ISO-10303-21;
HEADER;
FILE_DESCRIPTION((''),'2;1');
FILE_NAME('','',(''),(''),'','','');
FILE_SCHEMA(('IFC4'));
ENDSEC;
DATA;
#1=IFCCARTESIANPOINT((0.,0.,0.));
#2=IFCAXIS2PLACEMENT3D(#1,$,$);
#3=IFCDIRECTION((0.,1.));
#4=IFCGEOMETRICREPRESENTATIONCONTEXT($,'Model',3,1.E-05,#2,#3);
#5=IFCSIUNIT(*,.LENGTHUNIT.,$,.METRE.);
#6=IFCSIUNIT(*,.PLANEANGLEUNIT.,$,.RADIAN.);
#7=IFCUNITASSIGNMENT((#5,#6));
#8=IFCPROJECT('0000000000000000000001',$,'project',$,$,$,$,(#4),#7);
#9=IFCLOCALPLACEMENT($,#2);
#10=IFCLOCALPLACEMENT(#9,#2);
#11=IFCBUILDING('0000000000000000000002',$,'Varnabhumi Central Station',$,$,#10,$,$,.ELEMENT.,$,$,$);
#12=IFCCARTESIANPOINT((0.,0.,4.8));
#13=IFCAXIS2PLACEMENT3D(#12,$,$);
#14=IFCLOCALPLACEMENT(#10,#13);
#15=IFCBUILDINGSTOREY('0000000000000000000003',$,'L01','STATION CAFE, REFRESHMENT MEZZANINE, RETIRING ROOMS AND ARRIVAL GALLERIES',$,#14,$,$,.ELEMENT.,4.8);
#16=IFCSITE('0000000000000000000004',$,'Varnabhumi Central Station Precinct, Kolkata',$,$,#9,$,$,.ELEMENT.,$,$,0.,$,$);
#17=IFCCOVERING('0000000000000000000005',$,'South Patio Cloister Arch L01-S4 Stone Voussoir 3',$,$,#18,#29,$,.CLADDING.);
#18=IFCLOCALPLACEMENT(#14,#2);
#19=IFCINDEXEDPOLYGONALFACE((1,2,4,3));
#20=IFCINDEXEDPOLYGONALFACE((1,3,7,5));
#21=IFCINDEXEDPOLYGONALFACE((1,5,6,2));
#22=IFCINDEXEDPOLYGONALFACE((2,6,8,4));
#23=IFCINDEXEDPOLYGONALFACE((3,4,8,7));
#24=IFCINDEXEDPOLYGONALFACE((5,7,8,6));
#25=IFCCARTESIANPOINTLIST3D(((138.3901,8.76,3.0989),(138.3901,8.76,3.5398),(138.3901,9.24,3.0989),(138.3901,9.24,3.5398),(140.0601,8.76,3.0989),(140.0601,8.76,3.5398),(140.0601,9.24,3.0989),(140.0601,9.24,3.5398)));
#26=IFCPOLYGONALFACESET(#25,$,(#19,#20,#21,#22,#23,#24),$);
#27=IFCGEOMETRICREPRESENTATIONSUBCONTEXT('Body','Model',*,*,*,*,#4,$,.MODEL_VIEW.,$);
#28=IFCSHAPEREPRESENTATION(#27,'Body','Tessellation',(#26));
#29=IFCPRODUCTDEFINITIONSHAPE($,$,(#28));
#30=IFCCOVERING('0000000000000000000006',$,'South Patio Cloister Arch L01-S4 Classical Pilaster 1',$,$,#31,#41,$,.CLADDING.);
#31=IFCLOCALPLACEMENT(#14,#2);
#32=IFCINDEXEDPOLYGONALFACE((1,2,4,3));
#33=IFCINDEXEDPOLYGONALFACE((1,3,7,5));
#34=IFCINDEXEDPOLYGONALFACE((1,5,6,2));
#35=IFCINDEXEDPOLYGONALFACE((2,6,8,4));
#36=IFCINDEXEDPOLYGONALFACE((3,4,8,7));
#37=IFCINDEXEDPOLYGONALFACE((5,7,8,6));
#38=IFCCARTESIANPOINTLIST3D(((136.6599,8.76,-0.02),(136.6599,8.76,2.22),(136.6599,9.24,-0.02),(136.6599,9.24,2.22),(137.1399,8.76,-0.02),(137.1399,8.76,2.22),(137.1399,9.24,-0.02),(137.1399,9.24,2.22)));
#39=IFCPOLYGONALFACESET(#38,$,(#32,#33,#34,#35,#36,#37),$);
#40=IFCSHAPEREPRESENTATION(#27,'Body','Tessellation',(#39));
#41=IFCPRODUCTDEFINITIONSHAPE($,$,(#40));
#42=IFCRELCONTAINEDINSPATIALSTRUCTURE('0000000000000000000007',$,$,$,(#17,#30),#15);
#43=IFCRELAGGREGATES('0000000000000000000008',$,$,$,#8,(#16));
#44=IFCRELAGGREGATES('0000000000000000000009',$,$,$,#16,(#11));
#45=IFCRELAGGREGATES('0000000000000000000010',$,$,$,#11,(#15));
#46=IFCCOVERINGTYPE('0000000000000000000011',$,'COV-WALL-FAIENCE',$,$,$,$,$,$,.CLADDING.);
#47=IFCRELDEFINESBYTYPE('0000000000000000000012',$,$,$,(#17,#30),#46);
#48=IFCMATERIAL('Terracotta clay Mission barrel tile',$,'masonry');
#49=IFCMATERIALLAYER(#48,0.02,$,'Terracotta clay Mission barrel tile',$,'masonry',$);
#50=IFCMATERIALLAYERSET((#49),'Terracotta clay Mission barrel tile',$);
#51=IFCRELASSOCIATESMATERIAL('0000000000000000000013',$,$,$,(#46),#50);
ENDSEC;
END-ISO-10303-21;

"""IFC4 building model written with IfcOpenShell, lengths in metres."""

from ifc_helpers import new_model, si_unit, direction, frame, origin, origin_2d, place, context, subcontext, project, spatial, rectangle, extrude, material, layer, layer_set, type_object, element, save


model = new_model("IFC4")

# Units and contexts
model_context = context("Model", 3, precision=1e-05, world=origin(), true_north=direction((0.0, 1.0)))
body_context = subcontext(model_context, "Body", "Model", "MODEL_VIEW")
ifc_project = project(units=[si_unit("LENGTHUNIT", "METRE"), si_unit("PLANEANGLEUNIT", "RADIAN")], contexts=[model_context])

# Site, building, storey
site_placement = place(None, origin())
site = spatial("IfcSite", under=ifc_project, at=site_placement, Name="Varnabhumi Central Station Precinct, Kolkata", CompositionType="ELEMENT", RefElevation=0.0)
building_placement = place(site_placement, origin())
building = spatial("IfcBuilding", under=site, at=building_placement, Name="Varnabhumi Central Station", CompositionType="ELEMENT")
storey_placement = place(building_placement, frame((0.0, 0.0, 4.8)))
storey = spatial("IfcBuildingStorey", under=building, at=storey_placement, Name="L01", Description="STATION CAFE, REFRESHMENT MEZZANINE, RETIRING ROOMS AND ARRIVAL GALLERIES", CompositionType="ELEMENT", Elevation=4.8)

# Coverings
ifc_material_1 = material(Name="Terracotta clay Mission barrel tile", Category="masonry")
ifc_layer_1 = layer(ifc_material_1, 0.02, Name="Terracotta clay Mission barrel tile", Category="masonry")
ifc_layer_set_1 = layer_set([ifc_layer_1], Name="Terracotta clay Mission barrel tile")
covering_type = type_object("IfcCoveringType", Name="COV-WALL-FAIENCE", PredefinedType="CLADDING", material=ifc_layer_set_1)
covering_1_placement = place(storey_placement, frame((139.2251, 9.0, 3.0989), z_axis=(0.0, 0.0, 1.0), x_axis=(1.0, 0.0, 0.0)))
element("IfcCovering", 1, at=covering_1_placement, inside=storey, type_object=covering_type, Name="South Patio Cloister Arch L01-S4 Stone Voussoir 3", PredefinedType="CLADDING", context=body_context, shape_type="SweptSolid", body=[
    extrude(rectangle(XDim=1.6699, YDim=0.48, at=origin_2d()), origin(), (0.0, 0.0, 1.0), 0.4409),
])
covering_2_placement = place(storey_placement, frame((136.8999, 9.0, -0.02), z_axis=(0.0, 0.0, 1.0), x_axis=(1.0, 0.0, 0.0)))
element("IfcCovering", 2, at=covering_2_placement, inside=storey, type_object=covering_type, Name="South Patio Cloister Arch L01-S4 Classical Pilaster 1", PredefinedType="CLADDING", context=body_context, shape_type="SweptSolid", body=[
    extrude(rectangle(XDim=0.48, YDim=0.48, at=origin_2d()), origin(), (0.0, 0.0, 1.0), 2.24),
])

save(model, "model.ifc")
